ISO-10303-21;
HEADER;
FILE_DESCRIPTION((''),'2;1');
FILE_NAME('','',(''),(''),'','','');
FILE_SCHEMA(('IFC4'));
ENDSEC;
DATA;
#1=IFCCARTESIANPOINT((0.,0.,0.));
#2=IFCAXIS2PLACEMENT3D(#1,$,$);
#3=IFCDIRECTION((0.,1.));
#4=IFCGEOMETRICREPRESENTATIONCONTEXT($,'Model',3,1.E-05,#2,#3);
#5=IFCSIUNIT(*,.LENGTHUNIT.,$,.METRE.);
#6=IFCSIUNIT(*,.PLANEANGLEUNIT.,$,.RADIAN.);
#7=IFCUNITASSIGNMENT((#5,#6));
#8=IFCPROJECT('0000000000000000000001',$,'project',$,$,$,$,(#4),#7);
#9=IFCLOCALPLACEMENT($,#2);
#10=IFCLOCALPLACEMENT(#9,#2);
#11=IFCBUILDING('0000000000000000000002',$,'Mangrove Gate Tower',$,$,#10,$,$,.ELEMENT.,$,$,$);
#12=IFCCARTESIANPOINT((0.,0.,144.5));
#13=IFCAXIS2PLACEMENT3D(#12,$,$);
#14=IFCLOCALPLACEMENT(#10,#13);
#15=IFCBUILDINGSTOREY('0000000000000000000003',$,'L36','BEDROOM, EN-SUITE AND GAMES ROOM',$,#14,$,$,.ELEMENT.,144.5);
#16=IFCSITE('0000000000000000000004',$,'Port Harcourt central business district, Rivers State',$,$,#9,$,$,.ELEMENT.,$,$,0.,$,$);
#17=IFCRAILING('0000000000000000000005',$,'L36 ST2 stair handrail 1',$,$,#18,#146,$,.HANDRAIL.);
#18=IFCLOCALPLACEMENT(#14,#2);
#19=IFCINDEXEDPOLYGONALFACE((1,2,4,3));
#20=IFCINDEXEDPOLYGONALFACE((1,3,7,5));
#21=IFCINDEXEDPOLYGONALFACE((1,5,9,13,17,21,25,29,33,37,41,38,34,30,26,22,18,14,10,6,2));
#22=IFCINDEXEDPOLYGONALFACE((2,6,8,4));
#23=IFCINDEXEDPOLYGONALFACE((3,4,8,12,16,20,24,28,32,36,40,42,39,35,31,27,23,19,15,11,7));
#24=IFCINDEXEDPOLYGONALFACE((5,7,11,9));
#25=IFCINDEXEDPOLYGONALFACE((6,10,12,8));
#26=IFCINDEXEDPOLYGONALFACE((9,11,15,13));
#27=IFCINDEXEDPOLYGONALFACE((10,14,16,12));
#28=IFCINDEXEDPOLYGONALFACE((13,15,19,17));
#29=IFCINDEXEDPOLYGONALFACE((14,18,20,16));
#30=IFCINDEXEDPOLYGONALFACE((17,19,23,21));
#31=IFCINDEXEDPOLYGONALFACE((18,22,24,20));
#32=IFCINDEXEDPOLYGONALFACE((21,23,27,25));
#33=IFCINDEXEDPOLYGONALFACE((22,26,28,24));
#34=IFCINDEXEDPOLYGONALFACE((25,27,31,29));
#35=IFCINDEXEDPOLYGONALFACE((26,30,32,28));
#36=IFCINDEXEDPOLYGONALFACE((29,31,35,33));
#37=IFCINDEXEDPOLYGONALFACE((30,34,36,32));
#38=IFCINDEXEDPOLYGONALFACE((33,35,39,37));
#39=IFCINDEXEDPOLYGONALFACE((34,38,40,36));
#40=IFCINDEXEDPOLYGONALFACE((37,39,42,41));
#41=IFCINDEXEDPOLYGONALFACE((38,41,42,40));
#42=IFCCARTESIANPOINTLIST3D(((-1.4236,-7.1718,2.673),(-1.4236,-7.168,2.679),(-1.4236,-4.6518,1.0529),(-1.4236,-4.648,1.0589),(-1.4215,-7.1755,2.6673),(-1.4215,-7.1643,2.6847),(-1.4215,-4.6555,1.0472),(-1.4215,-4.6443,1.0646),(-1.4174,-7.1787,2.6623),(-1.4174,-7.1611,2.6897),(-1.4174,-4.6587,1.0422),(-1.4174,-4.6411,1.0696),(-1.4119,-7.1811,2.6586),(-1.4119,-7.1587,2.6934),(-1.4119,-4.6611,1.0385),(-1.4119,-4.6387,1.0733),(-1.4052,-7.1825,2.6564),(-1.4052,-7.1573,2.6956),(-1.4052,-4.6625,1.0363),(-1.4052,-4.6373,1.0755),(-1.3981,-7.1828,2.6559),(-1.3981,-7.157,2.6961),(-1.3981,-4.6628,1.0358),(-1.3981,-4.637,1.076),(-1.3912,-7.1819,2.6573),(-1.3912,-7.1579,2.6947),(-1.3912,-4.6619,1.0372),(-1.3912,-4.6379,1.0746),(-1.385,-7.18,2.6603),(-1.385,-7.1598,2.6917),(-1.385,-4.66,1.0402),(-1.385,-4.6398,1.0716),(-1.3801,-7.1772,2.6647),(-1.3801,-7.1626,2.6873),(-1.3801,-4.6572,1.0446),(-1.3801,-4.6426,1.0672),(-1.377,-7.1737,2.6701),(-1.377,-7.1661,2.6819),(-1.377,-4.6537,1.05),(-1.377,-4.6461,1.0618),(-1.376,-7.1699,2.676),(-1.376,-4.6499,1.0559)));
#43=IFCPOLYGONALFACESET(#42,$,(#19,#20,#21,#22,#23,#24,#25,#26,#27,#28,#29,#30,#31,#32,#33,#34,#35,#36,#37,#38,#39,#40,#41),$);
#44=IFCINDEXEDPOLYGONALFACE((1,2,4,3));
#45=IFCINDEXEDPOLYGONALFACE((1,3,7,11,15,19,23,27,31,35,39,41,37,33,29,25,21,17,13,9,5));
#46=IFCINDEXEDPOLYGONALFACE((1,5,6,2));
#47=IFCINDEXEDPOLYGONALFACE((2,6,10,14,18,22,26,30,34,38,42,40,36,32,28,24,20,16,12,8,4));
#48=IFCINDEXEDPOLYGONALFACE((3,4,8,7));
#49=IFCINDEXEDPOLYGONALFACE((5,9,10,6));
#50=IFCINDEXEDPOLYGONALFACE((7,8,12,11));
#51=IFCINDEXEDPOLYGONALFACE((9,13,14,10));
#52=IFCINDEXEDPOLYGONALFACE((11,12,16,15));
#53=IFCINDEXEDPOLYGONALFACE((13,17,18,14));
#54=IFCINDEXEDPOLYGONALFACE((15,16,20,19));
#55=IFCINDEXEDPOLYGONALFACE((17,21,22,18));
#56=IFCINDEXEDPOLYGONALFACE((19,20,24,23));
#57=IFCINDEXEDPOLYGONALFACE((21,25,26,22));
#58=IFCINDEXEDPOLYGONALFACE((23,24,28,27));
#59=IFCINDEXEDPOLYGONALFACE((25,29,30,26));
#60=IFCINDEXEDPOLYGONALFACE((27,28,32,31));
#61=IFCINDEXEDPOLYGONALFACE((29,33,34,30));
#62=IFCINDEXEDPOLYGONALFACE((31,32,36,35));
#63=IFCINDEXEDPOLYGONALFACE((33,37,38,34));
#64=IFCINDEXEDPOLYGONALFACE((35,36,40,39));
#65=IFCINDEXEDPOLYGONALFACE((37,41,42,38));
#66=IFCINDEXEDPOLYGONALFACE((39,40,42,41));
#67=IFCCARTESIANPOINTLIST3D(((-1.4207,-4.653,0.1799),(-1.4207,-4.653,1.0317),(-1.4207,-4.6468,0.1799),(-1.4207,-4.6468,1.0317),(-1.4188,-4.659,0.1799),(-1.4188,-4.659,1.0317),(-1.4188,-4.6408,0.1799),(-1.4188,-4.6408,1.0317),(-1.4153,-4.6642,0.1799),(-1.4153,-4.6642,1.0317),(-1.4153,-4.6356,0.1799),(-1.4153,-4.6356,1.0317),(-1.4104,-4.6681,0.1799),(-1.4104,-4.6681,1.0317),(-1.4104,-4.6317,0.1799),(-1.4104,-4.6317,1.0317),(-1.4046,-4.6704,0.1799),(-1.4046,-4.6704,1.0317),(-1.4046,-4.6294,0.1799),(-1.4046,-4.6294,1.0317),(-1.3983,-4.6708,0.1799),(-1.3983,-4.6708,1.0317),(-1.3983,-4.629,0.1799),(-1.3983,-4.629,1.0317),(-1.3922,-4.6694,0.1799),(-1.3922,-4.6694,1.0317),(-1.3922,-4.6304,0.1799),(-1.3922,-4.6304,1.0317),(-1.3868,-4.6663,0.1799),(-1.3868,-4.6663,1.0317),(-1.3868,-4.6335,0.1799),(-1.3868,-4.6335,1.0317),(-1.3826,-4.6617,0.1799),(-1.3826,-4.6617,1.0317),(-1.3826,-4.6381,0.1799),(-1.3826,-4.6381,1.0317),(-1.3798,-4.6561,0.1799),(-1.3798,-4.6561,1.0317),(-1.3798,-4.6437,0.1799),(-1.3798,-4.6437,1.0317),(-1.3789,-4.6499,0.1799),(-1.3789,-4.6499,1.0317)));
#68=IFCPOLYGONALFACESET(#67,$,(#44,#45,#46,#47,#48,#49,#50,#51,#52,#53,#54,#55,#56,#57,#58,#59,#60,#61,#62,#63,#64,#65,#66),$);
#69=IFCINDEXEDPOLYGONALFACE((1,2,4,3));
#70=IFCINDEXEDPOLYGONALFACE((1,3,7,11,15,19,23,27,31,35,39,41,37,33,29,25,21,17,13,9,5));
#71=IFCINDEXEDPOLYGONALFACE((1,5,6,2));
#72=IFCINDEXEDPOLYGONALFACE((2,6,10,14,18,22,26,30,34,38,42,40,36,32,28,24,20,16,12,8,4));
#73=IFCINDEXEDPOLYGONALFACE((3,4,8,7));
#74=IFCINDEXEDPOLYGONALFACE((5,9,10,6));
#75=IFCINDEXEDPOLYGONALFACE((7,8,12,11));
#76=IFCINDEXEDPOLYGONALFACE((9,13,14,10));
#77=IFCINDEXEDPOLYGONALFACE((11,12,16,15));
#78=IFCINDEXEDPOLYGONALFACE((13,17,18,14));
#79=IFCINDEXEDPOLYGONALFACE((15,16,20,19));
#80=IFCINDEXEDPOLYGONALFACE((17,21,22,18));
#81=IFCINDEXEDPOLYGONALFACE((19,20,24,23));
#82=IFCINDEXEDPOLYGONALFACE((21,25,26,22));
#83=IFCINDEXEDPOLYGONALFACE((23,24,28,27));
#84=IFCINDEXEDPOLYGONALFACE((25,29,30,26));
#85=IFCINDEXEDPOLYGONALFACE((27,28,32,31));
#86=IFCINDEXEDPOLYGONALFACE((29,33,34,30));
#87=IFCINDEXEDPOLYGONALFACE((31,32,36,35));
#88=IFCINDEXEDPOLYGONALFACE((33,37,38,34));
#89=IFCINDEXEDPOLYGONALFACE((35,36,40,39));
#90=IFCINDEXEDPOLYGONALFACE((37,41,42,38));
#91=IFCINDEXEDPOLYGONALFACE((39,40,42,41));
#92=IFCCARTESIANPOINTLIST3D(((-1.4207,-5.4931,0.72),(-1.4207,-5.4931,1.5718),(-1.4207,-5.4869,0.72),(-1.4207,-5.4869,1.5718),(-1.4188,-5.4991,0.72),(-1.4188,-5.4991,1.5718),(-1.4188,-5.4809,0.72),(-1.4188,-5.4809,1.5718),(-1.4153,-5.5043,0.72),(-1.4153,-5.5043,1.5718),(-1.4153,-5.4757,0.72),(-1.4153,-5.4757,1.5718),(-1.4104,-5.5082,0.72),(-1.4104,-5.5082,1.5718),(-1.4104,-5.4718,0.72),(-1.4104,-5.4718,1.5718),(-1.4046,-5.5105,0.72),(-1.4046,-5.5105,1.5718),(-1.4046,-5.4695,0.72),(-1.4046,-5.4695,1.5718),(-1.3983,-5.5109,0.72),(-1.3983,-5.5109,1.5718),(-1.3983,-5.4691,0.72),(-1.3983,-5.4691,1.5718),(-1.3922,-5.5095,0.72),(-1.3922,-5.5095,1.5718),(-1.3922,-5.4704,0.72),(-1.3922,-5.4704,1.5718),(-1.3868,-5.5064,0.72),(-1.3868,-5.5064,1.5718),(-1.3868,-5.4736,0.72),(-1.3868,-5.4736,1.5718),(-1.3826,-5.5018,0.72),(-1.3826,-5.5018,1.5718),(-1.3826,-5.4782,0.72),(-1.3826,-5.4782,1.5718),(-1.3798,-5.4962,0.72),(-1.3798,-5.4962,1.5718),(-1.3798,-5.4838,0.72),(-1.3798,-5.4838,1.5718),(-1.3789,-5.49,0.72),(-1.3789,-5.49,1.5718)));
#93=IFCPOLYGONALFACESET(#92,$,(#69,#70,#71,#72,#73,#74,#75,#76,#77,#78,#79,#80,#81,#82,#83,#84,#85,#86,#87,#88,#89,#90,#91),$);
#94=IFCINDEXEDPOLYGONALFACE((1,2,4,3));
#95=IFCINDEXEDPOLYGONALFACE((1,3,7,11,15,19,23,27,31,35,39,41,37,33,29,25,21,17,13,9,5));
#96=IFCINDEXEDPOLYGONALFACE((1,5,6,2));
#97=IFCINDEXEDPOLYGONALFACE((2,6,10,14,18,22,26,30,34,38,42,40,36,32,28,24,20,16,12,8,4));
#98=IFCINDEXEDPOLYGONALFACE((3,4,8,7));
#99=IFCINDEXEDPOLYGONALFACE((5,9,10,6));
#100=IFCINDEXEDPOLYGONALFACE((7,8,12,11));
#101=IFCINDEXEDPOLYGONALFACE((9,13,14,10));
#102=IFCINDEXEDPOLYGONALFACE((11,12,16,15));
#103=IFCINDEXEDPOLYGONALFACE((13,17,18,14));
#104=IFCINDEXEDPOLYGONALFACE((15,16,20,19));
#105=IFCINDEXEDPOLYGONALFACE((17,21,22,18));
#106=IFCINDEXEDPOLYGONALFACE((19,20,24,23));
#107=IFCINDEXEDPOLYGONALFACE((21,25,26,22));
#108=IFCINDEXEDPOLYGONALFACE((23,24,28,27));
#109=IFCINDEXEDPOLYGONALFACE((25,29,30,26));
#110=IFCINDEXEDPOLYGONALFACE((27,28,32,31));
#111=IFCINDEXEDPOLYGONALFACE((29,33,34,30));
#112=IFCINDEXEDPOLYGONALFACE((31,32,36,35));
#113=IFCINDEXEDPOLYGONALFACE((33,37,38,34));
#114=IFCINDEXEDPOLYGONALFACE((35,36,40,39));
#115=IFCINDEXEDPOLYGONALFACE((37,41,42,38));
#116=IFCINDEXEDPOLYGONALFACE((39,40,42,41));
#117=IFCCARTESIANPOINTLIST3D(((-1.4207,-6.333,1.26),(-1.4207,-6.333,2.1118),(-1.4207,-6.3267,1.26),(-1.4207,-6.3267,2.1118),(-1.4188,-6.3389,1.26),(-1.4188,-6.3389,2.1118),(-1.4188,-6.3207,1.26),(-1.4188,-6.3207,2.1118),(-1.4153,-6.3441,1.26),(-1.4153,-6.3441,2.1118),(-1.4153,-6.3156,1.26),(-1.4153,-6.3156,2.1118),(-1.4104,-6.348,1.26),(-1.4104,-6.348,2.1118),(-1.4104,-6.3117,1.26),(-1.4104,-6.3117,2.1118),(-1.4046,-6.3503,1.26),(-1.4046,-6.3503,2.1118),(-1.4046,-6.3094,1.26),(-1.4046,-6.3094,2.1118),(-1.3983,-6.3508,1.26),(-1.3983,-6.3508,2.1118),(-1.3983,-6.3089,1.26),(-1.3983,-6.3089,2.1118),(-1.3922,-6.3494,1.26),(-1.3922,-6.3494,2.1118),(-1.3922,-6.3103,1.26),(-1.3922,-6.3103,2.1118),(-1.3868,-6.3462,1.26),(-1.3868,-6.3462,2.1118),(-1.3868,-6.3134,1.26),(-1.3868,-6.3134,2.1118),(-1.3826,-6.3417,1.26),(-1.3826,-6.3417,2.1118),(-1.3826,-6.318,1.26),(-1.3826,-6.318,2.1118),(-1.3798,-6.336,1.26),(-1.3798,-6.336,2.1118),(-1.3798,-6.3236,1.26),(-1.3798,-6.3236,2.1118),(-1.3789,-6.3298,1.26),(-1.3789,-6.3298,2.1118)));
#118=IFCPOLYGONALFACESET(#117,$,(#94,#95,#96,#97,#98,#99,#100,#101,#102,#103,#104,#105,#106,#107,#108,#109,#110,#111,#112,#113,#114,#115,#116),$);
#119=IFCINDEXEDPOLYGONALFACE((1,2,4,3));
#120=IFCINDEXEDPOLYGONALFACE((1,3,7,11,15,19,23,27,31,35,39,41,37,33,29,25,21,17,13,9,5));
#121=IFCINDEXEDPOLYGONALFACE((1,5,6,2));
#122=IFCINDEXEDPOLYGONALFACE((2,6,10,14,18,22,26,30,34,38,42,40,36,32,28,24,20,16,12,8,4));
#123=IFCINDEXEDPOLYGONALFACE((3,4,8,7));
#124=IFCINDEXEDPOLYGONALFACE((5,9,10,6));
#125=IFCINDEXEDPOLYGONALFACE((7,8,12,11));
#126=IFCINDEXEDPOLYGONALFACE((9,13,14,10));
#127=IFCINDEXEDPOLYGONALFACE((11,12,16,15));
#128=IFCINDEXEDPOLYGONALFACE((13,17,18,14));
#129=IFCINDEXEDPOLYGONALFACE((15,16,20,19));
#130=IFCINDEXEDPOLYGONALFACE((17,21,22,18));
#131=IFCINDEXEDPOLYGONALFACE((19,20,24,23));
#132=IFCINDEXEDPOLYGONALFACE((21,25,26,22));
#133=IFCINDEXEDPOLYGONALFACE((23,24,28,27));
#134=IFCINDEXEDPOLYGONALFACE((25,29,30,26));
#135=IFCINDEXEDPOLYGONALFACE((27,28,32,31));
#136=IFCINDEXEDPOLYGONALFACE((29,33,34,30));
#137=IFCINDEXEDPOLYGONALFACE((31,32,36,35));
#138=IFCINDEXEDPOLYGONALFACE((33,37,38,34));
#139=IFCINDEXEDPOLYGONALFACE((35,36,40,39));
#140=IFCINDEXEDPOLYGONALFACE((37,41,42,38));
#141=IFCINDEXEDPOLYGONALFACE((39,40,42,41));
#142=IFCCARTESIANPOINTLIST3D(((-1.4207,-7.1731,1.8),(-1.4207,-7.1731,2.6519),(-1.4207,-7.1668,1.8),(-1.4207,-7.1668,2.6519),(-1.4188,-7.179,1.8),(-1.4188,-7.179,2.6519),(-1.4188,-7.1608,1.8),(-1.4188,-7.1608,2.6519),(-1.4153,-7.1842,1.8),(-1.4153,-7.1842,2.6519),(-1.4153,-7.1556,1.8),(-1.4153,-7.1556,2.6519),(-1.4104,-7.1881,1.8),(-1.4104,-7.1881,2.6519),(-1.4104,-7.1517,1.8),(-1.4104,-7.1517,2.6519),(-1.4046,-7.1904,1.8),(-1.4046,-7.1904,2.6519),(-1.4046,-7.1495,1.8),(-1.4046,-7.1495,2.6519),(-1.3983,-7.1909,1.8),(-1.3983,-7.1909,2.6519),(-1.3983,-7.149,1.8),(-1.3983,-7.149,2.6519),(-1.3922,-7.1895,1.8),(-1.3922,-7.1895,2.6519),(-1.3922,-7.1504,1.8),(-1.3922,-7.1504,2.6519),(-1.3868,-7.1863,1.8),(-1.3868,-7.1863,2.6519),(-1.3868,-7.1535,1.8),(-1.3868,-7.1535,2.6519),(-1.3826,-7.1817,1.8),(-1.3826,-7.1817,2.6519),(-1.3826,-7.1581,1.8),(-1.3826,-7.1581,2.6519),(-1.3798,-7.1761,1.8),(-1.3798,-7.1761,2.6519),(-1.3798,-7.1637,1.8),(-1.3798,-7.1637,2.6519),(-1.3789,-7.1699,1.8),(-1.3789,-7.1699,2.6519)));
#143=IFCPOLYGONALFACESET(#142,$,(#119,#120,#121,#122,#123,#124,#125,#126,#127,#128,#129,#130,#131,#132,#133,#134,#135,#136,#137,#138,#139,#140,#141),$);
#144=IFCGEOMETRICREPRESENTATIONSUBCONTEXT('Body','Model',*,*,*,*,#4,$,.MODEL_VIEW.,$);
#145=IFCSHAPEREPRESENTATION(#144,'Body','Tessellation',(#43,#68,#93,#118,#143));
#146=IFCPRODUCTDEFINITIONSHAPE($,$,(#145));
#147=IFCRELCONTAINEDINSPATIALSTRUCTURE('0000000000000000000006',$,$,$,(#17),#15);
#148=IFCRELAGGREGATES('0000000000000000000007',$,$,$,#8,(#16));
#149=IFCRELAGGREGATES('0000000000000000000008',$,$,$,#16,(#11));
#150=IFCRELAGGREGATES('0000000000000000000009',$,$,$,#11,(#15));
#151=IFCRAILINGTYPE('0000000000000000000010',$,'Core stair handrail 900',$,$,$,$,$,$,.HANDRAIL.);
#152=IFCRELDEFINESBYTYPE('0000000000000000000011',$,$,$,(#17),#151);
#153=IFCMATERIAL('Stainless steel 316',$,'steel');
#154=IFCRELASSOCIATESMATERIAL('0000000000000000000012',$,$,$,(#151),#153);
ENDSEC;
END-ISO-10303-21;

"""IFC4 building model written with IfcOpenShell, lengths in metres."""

from ifc_helpers import new_model, si_unit, direction, frame, origin, origin_2d, place, context, subcontext, project, spatial, circle, extrude, material, type_object, element, save


model = new_model("IFC4")

# Units and contexts
model_context = context("Model", 3, precision=1e-05, world=origin(), true_north=direction((0.0, 1.0)))
body_context = subcontext(model_context, "Body", "Model", "MODEL_VIEW")
ifc_project = project(units=[si_unit("LENGTHUNIT", "METRE"), si_unit("PLANEANGLEUNIT", "RADIAN")], contexts=[model_context])

# Site, building, storey
site_placement = place(None, origin())
site = spatial("IfcSite", under=ifc_project, at=site_placement, Name="Port Harcourt central business district, Rivers State", CompositionType="ELEMENT", RefElevation=0.0)
building_placement = place(site_placement, origin())
building = spatial("IfcBuilding", under=site, at=building_placement, Name="Mangrove Gate Tower", CompositionType="ELEMENT")
storey_placement = place(building_placement, frame((0.0, 0.0, 144.5)))
storey = spatial("IfcBuildingStorey", under=building, at=storey_placement, Name="L36", Description="BEDROOM, EN-SUITE AND GAMES ROOM", CompositionType="ELEMENT", Elevation=144.5)

# Railing
ifc_material_1 = material(Name="Stainless steel 316", Category="steel")
railing_type_1 = type_object("IfcRailingType", Name="Core stair handrail 900", PredefinedType="HANDRAIL", material=ifc_material_1)
for number, where, name in (
    (1, (-1.3999, -4.6499, 0.1799), "L36 ST2 stair handrail 1"),
):
    element("IfcRailing", number, at=place(storey_placement, frame(where)), inside=storey, type_object=railing_type_1, Name=name, PredefinedType="HANDRAIL", context=body_context, shape_type="SweptSolid", body=[
        extrude(circle(Radius=0.0239, at=origin_2d()), frame((0.0, 0.0, 0.876), z_axis=(0.0, -0.841163, 0.540782), x_axis=(1.0, 0.0, 0.0)), (0.0, 0.0, 1.0), 2.9958),
        extrude(circle(Radius=0.021, at=origin_2d()), origin(), (0.0, 0.0, 1.0), 0.8518),
        extrude(circle(Radius=0.021, at=origin_2d()), frame((0.0, -0.8401, 0.54)), (0.0, 0.0, 1.0), 0.8518),
        extrude(circle(Radius=0.021, at=origin_2d()), frame((0.0, -1.6799, 1.0801)), (0.0, 0.0, 1.0), 0.8518),
        extrude(circle(Radius=0.021, at=origin_2d()), frame((0.0, -2.52, 1.6201)), (0.0, 0.0, 1.0), 0.8518),
    ])

save(model, "model.ifc")
